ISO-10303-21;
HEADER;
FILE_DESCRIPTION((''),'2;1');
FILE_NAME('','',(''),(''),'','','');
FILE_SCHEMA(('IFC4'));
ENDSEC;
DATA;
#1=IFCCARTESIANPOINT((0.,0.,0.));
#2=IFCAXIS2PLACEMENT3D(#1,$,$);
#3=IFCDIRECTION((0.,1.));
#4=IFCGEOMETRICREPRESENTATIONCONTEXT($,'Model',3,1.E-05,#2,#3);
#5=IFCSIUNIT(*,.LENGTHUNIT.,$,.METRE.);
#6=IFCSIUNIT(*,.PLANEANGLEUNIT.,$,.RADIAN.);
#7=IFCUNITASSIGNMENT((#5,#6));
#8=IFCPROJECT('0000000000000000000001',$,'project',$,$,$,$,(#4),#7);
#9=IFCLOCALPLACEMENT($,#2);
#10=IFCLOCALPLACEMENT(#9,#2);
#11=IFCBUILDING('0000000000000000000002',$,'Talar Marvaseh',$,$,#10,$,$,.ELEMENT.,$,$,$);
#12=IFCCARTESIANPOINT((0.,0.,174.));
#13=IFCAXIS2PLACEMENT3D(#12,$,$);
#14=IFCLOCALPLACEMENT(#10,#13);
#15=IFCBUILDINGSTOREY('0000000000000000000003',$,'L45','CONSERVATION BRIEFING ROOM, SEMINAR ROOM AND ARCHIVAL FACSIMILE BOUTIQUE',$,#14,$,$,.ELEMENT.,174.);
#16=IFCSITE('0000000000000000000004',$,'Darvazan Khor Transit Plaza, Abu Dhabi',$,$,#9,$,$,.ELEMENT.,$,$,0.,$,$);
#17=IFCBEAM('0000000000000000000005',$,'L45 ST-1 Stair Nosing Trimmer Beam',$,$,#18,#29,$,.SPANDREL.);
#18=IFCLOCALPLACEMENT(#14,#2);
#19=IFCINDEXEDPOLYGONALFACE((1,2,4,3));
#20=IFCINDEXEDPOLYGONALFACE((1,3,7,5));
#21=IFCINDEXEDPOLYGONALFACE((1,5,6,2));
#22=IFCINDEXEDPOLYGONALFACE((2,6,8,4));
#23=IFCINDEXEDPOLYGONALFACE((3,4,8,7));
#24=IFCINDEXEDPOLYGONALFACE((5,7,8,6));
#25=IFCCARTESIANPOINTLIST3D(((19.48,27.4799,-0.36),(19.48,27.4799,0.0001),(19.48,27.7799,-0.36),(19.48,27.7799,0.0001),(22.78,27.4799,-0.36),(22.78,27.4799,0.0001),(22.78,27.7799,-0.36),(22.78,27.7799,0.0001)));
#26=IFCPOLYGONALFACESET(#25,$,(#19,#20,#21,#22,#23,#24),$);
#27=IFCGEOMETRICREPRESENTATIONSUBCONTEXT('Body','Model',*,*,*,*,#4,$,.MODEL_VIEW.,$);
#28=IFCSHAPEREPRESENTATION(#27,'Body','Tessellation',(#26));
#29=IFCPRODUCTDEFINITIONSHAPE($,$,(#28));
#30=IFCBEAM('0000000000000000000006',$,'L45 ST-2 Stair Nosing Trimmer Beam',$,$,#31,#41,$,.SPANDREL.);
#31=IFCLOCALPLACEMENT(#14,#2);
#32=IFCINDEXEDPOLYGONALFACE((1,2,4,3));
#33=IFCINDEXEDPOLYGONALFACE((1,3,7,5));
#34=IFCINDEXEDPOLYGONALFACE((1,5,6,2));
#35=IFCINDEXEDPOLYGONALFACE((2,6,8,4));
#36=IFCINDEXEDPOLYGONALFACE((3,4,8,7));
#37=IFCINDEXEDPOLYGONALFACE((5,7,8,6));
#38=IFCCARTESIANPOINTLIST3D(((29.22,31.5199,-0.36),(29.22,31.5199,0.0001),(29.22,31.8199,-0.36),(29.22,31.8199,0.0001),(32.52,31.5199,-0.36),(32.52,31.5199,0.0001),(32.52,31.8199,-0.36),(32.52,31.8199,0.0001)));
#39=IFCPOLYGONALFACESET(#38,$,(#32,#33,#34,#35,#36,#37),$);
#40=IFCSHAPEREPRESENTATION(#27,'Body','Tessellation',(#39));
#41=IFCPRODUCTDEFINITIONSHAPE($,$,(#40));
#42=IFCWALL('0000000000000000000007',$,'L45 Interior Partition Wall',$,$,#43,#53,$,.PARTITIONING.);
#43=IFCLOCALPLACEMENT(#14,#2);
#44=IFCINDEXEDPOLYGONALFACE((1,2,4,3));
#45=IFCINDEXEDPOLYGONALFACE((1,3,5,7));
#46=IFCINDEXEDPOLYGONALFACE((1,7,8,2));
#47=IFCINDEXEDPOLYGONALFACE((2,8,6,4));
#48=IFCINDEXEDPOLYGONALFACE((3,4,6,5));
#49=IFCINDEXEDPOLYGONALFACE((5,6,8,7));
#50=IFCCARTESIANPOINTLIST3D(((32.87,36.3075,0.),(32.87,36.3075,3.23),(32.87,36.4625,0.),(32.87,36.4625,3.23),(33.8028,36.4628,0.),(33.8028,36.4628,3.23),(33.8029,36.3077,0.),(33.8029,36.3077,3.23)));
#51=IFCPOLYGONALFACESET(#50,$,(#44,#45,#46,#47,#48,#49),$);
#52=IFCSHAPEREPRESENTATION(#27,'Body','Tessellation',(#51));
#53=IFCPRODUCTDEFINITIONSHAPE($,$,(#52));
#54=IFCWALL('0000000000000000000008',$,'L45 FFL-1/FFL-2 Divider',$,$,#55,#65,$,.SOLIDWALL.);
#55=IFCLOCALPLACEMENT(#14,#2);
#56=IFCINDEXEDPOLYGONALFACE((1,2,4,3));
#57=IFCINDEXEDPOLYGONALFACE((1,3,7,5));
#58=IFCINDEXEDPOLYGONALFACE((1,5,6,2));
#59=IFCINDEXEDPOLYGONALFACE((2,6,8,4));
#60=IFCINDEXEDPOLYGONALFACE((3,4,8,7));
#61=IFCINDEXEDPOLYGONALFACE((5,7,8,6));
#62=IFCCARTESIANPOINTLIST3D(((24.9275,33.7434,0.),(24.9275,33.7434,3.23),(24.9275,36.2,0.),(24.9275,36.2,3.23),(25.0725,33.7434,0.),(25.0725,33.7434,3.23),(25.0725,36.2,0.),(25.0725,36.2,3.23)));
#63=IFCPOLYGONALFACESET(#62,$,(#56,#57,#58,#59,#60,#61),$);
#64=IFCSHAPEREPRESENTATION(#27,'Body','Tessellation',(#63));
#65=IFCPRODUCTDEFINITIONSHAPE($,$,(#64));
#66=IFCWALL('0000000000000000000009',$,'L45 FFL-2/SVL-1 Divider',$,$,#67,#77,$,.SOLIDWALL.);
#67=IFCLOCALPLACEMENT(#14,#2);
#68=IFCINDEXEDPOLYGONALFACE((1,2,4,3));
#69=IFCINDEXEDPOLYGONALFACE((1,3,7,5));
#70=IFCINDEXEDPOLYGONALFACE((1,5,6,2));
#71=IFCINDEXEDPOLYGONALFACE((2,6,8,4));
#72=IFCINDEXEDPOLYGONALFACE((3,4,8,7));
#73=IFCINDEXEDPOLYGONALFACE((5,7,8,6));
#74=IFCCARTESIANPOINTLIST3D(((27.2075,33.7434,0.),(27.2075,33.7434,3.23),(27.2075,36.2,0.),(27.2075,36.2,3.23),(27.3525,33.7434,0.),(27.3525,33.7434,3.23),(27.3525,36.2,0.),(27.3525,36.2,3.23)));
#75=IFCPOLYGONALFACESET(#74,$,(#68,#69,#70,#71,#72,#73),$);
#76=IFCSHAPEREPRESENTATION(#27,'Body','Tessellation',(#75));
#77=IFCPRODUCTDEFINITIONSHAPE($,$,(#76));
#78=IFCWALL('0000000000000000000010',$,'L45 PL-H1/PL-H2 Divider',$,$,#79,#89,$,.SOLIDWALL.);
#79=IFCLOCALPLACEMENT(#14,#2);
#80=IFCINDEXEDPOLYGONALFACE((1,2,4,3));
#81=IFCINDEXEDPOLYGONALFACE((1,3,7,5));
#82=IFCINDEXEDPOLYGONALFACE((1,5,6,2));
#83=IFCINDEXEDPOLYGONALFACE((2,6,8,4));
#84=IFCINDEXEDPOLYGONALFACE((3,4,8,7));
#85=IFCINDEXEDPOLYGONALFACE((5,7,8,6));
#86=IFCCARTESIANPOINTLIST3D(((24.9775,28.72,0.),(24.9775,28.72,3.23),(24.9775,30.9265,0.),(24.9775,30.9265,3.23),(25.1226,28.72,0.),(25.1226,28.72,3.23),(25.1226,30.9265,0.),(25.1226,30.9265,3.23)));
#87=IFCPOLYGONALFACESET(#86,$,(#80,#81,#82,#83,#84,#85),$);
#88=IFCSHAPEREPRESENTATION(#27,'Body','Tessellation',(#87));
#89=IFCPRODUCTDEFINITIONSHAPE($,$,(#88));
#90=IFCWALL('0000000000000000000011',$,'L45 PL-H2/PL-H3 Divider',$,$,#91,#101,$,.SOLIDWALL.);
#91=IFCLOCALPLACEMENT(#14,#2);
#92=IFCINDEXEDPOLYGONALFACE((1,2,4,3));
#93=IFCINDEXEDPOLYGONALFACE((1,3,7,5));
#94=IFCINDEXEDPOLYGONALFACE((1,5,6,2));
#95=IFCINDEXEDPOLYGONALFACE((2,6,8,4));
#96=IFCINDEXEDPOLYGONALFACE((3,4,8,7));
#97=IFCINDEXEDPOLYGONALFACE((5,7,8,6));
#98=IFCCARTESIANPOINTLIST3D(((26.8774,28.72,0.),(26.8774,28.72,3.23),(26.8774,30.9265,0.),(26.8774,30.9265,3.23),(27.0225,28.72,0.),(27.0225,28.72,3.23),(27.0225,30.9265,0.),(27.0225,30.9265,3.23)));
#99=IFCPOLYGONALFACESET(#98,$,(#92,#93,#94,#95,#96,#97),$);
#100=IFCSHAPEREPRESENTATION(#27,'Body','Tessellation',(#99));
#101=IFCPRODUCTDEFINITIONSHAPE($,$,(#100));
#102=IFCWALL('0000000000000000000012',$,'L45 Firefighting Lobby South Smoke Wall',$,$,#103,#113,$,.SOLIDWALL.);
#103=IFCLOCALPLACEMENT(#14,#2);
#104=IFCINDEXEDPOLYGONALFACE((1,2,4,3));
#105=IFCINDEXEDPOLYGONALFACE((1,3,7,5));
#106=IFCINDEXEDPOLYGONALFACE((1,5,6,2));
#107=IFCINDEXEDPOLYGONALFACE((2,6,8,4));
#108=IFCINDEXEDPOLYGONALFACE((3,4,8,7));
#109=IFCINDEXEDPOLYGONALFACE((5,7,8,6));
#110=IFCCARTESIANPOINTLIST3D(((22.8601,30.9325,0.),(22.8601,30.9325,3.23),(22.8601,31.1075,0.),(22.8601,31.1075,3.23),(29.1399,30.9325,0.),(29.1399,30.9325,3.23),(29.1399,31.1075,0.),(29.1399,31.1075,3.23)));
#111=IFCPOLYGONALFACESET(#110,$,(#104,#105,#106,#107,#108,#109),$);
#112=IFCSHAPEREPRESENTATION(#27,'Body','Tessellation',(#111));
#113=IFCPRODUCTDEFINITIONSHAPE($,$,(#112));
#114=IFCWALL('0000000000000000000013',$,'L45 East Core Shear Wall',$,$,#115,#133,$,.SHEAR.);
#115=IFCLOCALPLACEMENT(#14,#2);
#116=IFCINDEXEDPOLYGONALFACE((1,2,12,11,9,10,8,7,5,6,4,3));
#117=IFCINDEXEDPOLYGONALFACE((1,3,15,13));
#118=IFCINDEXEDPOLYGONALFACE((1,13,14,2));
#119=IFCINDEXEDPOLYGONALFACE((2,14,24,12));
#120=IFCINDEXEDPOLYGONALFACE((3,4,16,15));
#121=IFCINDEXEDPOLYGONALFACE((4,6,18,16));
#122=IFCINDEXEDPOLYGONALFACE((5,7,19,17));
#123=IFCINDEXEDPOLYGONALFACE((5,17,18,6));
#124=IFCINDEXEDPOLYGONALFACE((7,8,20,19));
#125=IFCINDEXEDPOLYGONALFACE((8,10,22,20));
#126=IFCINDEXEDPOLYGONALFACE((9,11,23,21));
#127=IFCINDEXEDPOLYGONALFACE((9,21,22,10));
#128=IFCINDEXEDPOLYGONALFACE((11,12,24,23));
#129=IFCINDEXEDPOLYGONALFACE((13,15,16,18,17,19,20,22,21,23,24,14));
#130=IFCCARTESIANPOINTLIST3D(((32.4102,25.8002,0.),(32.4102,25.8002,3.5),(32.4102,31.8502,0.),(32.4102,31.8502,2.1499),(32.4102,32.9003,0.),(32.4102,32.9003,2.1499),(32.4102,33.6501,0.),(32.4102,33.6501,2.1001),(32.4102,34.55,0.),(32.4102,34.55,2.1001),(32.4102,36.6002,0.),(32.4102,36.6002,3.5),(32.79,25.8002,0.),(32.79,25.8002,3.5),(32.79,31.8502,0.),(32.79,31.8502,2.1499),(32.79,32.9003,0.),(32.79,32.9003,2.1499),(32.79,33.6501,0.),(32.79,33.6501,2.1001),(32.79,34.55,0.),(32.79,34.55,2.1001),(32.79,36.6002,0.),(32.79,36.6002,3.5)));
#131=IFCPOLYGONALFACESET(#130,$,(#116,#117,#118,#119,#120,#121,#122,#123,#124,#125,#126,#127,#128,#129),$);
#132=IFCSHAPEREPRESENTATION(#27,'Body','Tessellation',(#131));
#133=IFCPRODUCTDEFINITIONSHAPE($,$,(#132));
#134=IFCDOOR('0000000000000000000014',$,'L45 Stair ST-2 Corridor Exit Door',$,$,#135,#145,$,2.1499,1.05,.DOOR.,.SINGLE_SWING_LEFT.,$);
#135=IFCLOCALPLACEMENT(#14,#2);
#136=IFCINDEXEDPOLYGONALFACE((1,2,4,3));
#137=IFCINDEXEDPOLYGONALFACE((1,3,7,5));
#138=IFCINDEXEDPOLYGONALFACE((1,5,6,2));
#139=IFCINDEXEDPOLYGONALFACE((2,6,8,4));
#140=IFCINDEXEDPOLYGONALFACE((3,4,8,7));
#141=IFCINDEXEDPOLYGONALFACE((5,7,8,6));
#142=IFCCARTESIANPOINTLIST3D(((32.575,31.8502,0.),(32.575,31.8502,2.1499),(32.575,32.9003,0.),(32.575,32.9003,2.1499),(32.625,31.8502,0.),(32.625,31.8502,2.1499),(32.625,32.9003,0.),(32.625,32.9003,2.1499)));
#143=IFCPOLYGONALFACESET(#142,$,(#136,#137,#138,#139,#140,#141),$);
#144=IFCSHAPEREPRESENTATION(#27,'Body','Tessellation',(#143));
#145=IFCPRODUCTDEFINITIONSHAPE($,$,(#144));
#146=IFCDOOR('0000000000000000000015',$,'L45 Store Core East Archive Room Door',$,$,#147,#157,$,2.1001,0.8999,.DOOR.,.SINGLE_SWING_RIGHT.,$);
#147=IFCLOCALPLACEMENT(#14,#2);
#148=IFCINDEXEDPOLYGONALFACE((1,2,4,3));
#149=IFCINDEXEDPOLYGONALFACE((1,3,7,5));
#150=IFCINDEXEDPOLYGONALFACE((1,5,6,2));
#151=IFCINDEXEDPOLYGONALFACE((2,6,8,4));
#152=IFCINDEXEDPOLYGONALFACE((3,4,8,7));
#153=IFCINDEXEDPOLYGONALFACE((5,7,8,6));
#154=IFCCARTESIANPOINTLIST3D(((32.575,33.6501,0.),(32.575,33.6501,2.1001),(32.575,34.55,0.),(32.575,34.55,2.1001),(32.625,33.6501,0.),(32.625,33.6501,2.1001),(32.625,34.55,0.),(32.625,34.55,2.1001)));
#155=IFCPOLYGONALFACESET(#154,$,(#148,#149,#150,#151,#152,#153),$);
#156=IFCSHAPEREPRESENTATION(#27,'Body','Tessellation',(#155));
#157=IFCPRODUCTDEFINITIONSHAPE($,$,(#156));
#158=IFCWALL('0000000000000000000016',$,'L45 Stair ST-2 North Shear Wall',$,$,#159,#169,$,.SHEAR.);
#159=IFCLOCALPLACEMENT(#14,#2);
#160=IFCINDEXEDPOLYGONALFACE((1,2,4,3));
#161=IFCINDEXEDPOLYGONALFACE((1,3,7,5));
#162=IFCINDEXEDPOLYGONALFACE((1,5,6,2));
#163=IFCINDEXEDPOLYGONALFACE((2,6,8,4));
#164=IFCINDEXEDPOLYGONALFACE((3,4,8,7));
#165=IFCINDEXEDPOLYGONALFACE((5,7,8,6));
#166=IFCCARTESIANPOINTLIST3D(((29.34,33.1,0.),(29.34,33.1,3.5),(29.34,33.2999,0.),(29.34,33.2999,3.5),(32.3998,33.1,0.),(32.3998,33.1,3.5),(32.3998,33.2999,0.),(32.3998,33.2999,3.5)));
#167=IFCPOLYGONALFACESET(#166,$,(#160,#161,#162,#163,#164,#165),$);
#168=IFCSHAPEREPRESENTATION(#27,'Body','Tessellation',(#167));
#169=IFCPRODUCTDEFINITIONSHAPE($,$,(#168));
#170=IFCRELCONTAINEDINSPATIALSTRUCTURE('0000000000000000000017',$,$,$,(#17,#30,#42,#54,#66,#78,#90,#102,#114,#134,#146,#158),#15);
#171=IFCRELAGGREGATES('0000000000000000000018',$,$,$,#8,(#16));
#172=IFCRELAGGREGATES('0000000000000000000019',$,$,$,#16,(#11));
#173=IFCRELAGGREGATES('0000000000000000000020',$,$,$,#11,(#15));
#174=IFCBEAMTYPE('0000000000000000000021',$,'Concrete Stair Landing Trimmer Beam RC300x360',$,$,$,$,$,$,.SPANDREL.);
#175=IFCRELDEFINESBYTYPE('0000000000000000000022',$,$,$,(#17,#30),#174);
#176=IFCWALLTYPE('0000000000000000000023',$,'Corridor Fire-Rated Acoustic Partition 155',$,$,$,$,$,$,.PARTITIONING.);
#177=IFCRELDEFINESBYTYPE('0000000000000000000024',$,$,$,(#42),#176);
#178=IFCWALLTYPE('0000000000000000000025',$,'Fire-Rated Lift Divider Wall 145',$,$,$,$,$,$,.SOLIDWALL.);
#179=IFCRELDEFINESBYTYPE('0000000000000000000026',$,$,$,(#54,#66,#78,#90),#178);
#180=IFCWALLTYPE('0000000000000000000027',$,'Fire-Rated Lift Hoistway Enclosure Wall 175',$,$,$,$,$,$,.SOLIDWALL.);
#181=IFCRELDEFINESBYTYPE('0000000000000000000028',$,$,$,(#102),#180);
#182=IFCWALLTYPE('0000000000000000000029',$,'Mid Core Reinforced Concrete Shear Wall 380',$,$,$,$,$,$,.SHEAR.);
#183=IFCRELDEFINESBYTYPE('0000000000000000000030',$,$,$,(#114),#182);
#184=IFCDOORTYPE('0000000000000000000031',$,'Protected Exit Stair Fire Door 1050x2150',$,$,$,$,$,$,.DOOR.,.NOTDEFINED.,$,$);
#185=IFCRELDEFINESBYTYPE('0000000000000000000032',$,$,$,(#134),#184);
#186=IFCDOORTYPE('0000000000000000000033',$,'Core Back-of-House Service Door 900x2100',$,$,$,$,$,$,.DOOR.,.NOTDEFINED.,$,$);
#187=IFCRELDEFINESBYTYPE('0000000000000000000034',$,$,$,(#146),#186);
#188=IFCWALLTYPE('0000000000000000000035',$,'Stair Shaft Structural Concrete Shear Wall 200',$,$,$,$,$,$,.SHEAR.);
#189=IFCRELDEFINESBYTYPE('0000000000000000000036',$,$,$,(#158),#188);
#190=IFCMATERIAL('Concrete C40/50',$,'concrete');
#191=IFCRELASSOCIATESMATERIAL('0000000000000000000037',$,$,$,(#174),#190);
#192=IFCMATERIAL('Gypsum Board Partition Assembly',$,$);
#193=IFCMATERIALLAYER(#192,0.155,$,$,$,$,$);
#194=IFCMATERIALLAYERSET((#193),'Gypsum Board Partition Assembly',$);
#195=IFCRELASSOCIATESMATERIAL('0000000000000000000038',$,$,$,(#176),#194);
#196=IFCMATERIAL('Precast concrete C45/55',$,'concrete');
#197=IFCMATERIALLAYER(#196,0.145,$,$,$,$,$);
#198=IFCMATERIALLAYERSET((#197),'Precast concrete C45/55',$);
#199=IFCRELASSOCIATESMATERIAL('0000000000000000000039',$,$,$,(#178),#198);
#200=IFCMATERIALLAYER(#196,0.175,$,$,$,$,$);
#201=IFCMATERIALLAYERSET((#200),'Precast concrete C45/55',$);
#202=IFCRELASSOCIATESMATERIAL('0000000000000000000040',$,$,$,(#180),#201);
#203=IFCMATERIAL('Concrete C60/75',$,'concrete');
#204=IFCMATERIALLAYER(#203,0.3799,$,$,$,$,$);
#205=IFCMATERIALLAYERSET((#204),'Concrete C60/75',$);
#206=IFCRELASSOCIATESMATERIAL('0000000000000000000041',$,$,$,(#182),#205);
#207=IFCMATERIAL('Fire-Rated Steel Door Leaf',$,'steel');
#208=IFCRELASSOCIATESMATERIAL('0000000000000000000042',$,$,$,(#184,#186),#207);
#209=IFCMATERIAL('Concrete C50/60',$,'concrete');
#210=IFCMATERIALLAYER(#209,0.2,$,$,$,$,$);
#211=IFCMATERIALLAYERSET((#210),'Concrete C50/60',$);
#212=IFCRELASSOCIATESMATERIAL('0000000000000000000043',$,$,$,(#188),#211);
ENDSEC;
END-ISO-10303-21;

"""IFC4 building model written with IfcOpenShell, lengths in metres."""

from ifc_helpers import new_model, si_unit, direction, frame, frame_2d, origin, origin_2d, place, context, subcontext, project, spatial, rectangle, extrude, source, transform, mapped, material, layer, layer_set, material_profile, profile_set, type_object, type_shapes, element, fill, save


model = new_model("IFC4")

# Units and contexts
model_context = context("Model", 3, precision=1e-05, world=origin(), true_north=direction((0.0, 1.0)))
body_context = subcontext(model_context, "Body", "Model", "MODEL_VIEW")
ifc_project = project(units=[si_unit("LENGTHUNIT", "METRE"), si_unit("PLANEANGLEUNIT", "RADIAN")], contexts=[model_context])

# Site, building, storey
site_placement = place(None, origin())
site = spatial("IfcSite", under=ifc_project, at=site_placement, Name="Darvazan Khor Transit Plaza, Abu Dhabi", CompositionType="ELEMENT", RefElevation=0.0)
building_placement = place(site_placement, origin())
building = spatial("IfcBuilding", under=site, at=building_placement, Name="Talar Marvaseh", CompositionType="ELEMENT")
storey_placement = place(building_placement, frame((0.0, 0.0, 174.0)))
storey = spatial("IfcBuildingStorey", under=building, at=storey_placement, Name="L45", Description="CONSERVATION BRIEFING ROOM, SEMINAR ROOM AND ARCHIVAL FACSIMILE BOUTIQUE", CompositionType="ELEMENT", Elevation=174.0)

# Beams
ifc_material_1 = material(Name="Concrete C40/50", Category="concrete")
ifc_material_profile = material_profile(ifc_material_1, rectangle(XDim=0.3, YDim=0.3601, at=origin_2d()), Name="RC300x360")
ifc_profile_set = profile_set([ifc_material_profile], Name="Concrete C40/50")
beam_type = type_object("IfcBeamType", Name="Concrete Stair Landing Trimmer Beam RC300x360", PredefinedType="SPANDREL", material=ifc_profile_set)
for number, where, z_axis, x_axis, name in (
    (1, (22.78, 27.6299, -0.1799), (-1.0, 0.0, 0.0), (0.0, -1.0, 0.0), "L45 ST-1 Stair Nosing Trimmer Beam"),
    (2, (29.22, 31.6699, -0.1799), (1.0, 0.0, 0.0), (0.0, 1.0, 0.0), "L45 ST-2 Stair Nosing Trimmer Beam"),
):
    element("IfcBeam", number, at=place(storey_placement, frame(where, z_axis=z_axis, x_axis=x_axis)), inside=storey, type_object=beam_type, Name=name, PredefinedType="SPANDREL", context=body_context, shape_type="SweptSolid", body=[
        extrude(rectangle(XDim=0.3, YDim=0.3601, at=origin_2d()), origin(), (0.0, 0.0, 1.0), 3.3),
    ])

# Walls
ifc_material_2 = material(Name="Gypsum Board Partition Assembly")
ifc_layer_1 = layer(ifc_material_2, 0.155)
ifc_layer_set_1 = layer_set([ifc_layer_1], Name="Gypsum Board Partition Assembly")
wall_type_1 = type_object("IfcWallType", Name="Corridor Fire-Rated Acoustic Partition 155", PredefinedType="PARTITIONING", material=ifc_layer_set_1)
wall_1_placement = place(storey_placement, frame((32.8701, 36.385, 0.0), z_axis=(0.0, 0.0, 1.0), x_axis=(1.0, 0.000262, 0.0)))
element("IfcWall", 3, at=wall_1_placement, inside=storey, type_object=wall_type_1, Name="L45 Interior Partition Wall", PredefinedType="PARTITIONING", context=body_context, shape_type="SweptSolid", body=[
    extrude(rectangle(XDim=0.9329, YDim=0.155, at=frame_2d((0.4663, 0.0))), origin(), (0.0, 0.0, 1.0), 3.23),
])
ifc_material_3 = material(Name="Precast concrete C45/55", Category="concrete")
ifc_layer_2 = layer(ifc_material_3, 0.145)
ifc_layer_set_2 = layer_set([ifc_layer_2], Name="Precast concrete C45/55")
wall_type_2 = type_object("IfcWallType", Name="Fire-Rated Lift Divider Wall 145", PredefinedType="SOLIDWALL", material=ifc_layer_set_2)
for number, where, z_axis, x_axis, name in (
    (4, (25.0, 33.7434, 0.0), (0.0, 0.0, 1.0), (0.0, 1.0, 0.0), "L45 FFL-1/FFL-2 Divider"),
    (5, (27.28, 33.7434, 0.0), (0.0, 0.0, 1.0), (0.0, 1.0, 0.0), "L45 FFL-2/SVL-1 Divider"),
):
    element("IfcWall", number, at=place(storey_placement, frame(where, z_axis=z_axis, x_axis=x_axis)), inside=storey, type_object=wall_type_2, Name=name, PredefinedType="SOLIDWALL", context=body_context, shape_type="SweptSolid", body=[
        extrude(rectangle(XDim=2.4565, YDim=0.145, at=frame_2d((1.2283, 0.0))), origin(), (0.0, 0.0, 1.0), 3.23),
    ])
for number, where, z_axis, x_axis, name in (
    (6, (25.05, 28.72, 0.0), (0.0, 0.0, 1.0), (0.0, 1.0, 0.0), "L45 PL-H1/PL-H2 Divider"),
    (7, (26.95, 28.72, 0.0), (0.0, 0.0, 1.0), (0.0, 1.0, 0.0), "L45 PL-H2/PL-H3 Divider"),
):
    element("IfcWall", number, at=place(storey_placement, frame(where, z_axis=z_axis, x_axis=x_axis)), inside=storey, type_object=wall_type_2, Name=name, PredefinedType="SOLIDWALL", context=body_context, shape_type="SweptSolid", body=[
        extrude(rectangle(XDim=2.2065, YDim=0.145, at=frame_2d((1.1033, 0.0))), origin(), (0.0, 0.0, 1.0), 3.23),
    ])

# Shared definitions
ifc_layer_3 = layer(ifc_material_3, 0.175)
ifc_layer_set_3 = layer_set([ifc_layer_3], Name="Precast concrete C45/55")
wall_type_3 = type_object("IfcWallType", Name="Fire-Rated Lift Hoistway Enclosure Wall 175", PredefinedType="SOLIDWALL", material=ifc_layer_set_3)

# Wall
wall_2_placement = place(storey_placement, frame((22.8601, 31.02, 0.0), z_axis=(0.0, 0.0, 1.0), x_axis=(1.0, 0.0, 0.0)))
element("IfcWall", 8, at=wall_2_placement, inside=storey, type_object=wall_type_3, Name="L45 Firefighting Lobby South Smoke Wall", PredefinedType="SOLIDWALL", context=body_context, shape_type="SweptSolid", body=[
    extrude(rectangle(XDim=6.2798, YDim=0.175, at=frame_2d((3.1399, 0.0))), origin(), (0.0, 0.0, 1.0), 3.23),
])

# Wall, openings, doors
ifc_material_4 = material(Name="Concrete C60/75", Category="concrete")
ifc_layer_4 = layer(ifc_material_4, 0.3799)
ifc_layer_set_4 = layer_set([ifc_layer_4], Name="Concrete C60/75")
wall_type_4 = type_object("IfcWallType", Name="Mid Core Reinforced Concrete Shear Wall 380", PredefinedType="SHEAR", material=ifc_layer_set_4)
wall_3_placement = place(storey_placement, frame((32.6001, 36.6001, 0.0), z_axis=(0.0, 0.0, 1.0), x_axis=(0.0, -1.0, 0.0)))
wall_3 = element("IfcWall", 9, at=wall_3_placement, inside=storey, type_object=wall_type_4, Name="L45 East Core Shear Wall", PredefinedType="SHEAR", context=body_context, shape_type="SweptSolid", body=[
    extrude(rectangle(XDim=10.8, YDim=0.3799, at=frame_2d((5.3999, 0.0))), origin(), (0.0, 0.0, 1.0), 3.5),
])
opening_1_placement = place(wall_3_placement, frame((3.7, 0.0, 0.0)))
opening_1 = element("IfcOpeningElement", 10, at=opening_1_placement, cuts=wall_3, PredefinedType="OPENING", context=body_context, shape_type="SweptSolid", body=[
    extrude(rectangle(XDim=1.05, YDim=2.1499, at=frame_2d((0.5249, 1.075))), frame((0.0, 0.2, 0.0), z_axis=(0.0, -1.0, 0.0), x_axis=(1.0, 0.0, 0.0)), (0.0, 0.0, 1.0), 0.3999),
])
opening_2_placement = place(wall_3_placement, frame((2.05, 0.0, 0.0)))
opening_2 = element("IfcOpeningElement", 11, at=opening_2_placement, cuts=wall_3, PredefinedType="OPENING", context=body_context, shape_type="SweptSolid", body=[
    extrude(rectangle(XDim=0.8999, YDim=2.1001, at=frame_2d((0.45, 1.05))), frame((0.0, 0.2, 0.0), z_axis=(0.0, -1.0, 0.0), x_axis=(1.0, 0.0, 0.0)), (0.0, 0.0, 1.0), 0.3999),
])
ifc_material_5 = material(Name="Fire-Rated Steel Door Leaf", Category="steel")
door_type_1 = type_object("IfcDoorType", Name="Protected Exit Stair Fire Door 1050x2150", OperationType="NOTDEFINED", PredefinedType="DOOR", material=ifc_material_5)
shared_shape_1 = source(origin(), body_context, "Body", "SweptSolid", [
    extrude(rectangle(XDim=1.05, YDim=2.1499, at=frame_2d((0.5249, 1.075))), frame((0.0, 0.0249, 0.0), z_axis=(0.0, -1.0, 0.0), x_axis=(1.0, 0.0, 0.0)), (0.0, 0.0, 1.0), 0.05),
])
type_shapes(door_type_1, [shared_shape_1])
door_1_placement = place(opening_1_placement, origin())
door_1 = element("IfcDoor", 12, at=door_1_placement, inside=storey, type_object=door_type_1, Name="L45 Stair ST-2 Corridor Exit Door", OperationType="SINGLE_SWING_LEFT", OverallHeight=2.1499, OverallWidth=1.05, PredefinedType="DOOR", context=body_context, shape_type="MappedRepresentation", body=[
    mapped(shared_shape_1, transform((0.0, 0.0, 0.0), x_axis=(1.0, 0.0, 0.0), y_axis=(0.0, 1.0, 0.0), z_axis=(0.0, 0.0, 1.0), scale=1.0)),
])
fill(opening_1, door_1)
door_type_2 = type_object("IfcDoorType", Name="Core Back-of-House Service Door 900x2100", OperationType="NOTDEFINED", PredefinedType="DOOR", material=ifc_material_5)
shared_shape_2 = source(origin(), body_context, "Body", "SweptSolid", [
    extrude(rectangle(XDim=0.8999, YDim=2.1001, at=frame_2d((0.45, 1.05))), frame((0.0, 0.0249, 0.0), z_axis=(0.0, -1.0, 0.0), x_axis=(1.0, 0.0, 0.0)), (0.0, 0.0, 1.0), 0.05),
])
type_shapes(door_type_2, [shared_shape_2])
door_2_placement = place(opening_2_placement, origin())
door_2 = element("IfcDoor", 13, at=door_2_placement, inside=storey, type_object=door_type_2, Name="L45 Store Core East Archive Room Door", OperationType="SINGLE_SWING_RIGHT", OverallHeight=2.1001, OverallWidth=0.8999, PredefinedType="DOOR", context=body_context, shape_type="MappedRepresentation", body=[
    mapped(shared_shape_2, transform((0.0, 0.0, 0.0), x_axis=(1.0, 0.0, 0.0), y_axis=(0.0, 1.0, 0.0), z_axis=(0.0, 0.0, 1.0), scale=1.0)),
])
fill(opening_2, door_2)

# Wall
ifc_material_6 = material(Name="Concrete C50/60", Category="concrete")
ifc_layer_5 = layer(ifc_material_6, 0.2)
ifc_layer_set_5 = layer_set([ifc_layer_5], Name="Concrete C50/60")
wall_type_5 = type_object("IfcWallType", Name="Stair Shaft Structural Concrete Shear Wall 200", PredefinedType="SHEAR", material=ifc_layer_set_5)
wall_4_placement = place(storey_placement, frame((29.3401, 33.2, 0.0), z_axis=(0.0, 0.0, 1.0), x_axis=(1.0, 0.0, 0.0)))
element("IfcWall", 14, at=wall_4_placement, inside=storey, type_object=wall_type_5, Name="L45 Stair ST-2 North Shear Wall", PredefinedType="SHEAR", context=body_context, shape_type="SweptSolid", body=[
    extrude(rectangle(XDim=3.0598, YDim=0.2, at=frame_2d((1.5298, 0.0))), origin(), (0.0, 0.0, 1.0), 3.5),
])

save(model, "model.ifc")
